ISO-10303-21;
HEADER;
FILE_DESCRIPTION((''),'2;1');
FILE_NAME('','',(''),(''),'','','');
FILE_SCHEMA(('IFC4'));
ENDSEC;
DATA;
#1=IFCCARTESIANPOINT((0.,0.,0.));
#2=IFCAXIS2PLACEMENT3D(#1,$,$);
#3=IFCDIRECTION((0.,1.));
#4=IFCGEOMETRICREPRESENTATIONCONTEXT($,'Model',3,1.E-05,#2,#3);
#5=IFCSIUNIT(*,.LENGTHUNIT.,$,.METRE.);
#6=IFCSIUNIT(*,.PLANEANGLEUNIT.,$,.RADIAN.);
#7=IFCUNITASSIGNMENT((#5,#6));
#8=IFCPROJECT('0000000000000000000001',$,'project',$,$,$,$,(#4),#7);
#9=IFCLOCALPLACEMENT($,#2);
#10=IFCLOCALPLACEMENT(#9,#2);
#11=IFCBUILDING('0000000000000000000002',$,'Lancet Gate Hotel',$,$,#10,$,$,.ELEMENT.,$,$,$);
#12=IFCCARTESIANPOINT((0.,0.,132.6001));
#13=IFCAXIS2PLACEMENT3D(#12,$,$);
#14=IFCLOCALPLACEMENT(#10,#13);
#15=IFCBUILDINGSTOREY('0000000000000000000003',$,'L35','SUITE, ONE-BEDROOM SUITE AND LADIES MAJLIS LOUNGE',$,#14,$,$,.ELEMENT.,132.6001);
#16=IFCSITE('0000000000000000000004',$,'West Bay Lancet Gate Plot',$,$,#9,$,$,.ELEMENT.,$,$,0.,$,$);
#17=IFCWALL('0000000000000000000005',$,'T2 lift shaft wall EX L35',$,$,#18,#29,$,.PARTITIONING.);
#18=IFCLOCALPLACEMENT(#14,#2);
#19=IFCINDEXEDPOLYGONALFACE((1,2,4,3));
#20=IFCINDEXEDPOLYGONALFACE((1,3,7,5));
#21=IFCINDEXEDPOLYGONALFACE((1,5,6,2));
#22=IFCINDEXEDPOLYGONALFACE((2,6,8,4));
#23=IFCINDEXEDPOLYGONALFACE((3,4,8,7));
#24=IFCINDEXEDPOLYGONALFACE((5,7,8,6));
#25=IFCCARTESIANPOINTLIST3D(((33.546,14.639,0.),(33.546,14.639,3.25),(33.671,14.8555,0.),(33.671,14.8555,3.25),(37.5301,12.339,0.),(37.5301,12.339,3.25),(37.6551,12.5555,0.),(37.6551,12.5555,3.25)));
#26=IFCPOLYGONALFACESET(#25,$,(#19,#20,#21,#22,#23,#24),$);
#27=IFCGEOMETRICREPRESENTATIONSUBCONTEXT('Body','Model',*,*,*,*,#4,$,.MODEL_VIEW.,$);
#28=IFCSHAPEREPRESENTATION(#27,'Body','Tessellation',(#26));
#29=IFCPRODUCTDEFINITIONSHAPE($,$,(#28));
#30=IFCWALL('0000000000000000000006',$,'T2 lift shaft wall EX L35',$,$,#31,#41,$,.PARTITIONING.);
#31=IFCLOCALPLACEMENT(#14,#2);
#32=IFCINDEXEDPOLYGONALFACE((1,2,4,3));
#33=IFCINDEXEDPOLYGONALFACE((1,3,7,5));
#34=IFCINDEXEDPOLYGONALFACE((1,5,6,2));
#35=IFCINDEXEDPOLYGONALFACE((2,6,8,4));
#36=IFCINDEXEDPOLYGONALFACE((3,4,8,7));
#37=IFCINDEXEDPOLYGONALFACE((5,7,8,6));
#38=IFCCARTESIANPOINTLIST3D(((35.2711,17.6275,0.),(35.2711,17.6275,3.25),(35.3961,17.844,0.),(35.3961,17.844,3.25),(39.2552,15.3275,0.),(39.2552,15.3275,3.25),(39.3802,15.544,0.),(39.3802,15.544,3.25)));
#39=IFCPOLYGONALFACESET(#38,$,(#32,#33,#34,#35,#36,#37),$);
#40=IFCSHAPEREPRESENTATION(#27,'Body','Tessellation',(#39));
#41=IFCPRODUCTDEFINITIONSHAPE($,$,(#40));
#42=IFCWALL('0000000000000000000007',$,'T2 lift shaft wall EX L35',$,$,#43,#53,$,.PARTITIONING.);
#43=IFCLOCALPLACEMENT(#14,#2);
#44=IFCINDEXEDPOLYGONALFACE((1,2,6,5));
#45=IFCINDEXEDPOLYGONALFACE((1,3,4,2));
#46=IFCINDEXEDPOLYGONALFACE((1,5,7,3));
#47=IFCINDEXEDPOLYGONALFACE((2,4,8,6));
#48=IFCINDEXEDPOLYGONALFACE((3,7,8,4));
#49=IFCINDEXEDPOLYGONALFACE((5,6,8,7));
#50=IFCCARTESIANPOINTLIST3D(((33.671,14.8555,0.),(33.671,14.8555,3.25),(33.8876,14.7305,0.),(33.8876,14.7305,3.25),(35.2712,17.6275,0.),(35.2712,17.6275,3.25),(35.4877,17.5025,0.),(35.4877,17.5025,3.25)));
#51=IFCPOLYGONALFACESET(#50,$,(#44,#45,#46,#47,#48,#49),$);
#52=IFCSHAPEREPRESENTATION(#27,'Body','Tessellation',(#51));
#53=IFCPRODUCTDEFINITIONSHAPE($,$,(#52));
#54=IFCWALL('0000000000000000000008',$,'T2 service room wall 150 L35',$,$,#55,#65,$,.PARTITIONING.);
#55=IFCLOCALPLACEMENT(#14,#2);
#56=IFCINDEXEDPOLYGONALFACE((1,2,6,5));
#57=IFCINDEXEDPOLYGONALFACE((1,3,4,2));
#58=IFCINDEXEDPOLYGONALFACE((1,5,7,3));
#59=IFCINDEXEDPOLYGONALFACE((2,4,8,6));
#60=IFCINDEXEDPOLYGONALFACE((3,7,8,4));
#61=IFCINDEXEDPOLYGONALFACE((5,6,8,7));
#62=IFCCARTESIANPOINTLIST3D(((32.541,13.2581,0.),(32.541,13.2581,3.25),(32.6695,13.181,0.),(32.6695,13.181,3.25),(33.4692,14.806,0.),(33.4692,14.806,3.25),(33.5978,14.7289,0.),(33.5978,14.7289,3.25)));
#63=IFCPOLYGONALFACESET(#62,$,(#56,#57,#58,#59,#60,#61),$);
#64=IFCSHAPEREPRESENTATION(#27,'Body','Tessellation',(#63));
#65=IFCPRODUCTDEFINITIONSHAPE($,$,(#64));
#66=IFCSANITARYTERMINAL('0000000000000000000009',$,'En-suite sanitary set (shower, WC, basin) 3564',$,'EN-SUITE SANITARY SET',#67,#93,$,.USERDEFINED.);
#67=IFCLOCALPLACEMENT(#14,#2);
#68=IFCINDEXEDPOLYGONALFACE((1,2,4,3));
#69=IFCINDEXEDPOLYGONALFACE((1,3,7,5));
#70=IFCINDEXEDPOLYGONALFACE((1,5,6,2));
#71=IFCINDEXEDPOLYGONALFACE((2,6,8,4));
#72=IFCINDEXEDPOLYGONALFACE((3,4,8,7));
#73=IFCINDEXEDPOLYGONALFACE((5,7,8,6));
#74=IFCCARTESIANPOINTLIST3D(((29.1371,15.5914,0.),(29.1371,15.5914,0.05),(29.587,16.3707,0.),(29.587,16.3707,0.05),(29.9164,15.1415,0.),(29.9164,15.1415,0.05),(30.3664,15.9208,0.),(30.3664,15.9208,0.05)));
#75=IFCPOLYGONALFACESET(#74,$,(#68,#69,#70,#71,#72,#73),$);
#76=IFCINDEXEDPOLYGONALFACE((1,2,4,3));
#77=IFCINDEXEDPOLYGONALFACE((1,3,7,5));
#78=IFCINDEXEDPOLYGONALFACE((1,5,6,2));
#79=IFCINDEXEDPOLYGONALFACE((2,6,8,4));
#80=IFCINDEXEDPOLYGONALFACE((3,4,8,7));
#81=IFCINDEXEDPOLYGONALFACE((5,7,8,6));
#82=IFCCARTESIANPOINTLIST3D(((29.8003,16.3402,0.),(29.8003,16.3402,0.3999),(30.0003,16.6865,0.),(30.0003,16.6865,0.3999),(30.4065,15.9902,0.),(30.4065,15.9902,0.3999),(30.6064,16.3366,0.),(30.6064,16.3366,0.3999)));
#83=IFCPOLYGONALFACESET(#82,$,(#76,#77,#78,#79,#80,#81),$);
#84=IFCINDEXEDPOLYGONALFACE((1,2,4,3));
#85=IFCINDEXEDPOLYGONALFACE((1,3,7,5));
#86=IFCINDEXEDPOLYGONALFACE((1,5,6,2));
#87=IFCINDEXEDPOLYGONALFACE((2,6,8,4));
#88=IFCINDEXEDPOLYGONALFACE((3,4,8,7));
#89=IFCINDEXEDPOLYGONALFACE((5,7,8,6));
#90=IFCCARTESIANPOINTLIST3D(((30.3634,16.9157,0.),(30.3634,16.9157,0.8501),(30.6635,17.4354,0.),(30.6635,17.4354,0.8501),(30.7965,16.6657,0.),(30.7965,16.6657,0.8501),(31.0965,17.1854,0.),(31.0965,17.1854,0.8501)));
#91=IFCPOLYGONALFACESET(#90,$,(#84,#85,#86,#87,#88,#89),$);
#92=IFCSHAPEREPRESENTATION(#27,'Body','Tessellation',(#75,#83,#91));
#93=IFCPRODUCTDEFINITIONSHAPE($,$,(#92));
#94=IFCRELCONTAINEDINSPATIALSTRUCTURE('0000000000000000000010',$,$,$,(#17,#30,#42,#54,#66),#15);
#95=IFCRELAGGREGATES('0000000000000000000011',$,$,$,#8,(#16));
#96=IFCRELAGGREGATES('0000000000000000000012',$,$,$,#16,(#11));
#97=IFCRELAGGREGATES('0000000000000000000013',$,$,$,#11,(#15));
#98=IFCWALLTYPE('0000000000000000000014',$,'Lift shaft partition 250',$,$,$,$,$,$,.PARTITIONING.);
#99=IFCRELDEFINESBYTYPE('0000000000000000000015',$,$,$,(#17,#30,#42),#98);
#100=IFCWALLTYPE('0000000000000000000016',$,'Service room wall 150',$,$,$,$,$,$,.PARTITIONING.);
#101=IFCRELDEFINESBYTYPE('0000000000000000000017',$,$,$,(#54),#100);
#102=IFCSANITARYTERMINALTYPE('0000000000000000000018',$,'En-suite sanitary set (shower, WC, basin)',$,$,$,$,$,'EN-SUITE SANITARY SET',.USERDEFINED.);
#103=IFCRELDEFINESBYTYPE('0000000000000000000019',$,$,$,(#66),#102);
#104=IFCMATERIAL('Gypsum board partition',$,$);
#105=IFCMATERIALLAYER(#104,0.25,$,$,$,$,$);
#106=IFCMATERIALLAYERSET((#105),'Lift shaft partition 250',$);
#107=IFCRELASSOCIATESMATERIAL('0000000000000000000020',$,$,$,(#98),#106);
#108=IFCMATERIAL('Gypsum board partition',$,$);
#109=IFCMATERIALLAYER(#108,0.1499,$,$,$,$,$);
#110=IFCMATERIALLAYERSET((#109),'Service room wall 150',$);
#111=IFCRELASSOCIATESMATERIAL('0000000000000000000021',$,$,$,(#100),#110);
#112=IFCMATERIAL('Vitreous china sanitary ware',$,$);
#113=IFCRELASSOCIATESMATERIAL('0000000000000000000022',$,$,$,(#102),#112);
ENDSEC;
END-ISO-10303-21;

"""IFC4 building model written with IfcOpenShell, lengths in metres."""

from ifc_helpers import new_model, si_unit, direction, frame, frame_2d, origin, origin_2d, place, context, subcontext, project, spatial, rectangle, extrude, material, layer, layer_set, type_object, element, save


model = new_model("IFC4")

# Units and contexts
model_context = context("Model", 3, precision=1e-05, world=origin(), true_north=direction((0.0, 1.0)))
body_context = subcontext(model_context, "Body", "Model", "MODEL_VIEW")
ifc_project = project(units=[si_unit("LENGTHUNIT", "METRE"), si_unit("PLANEANGLEUNIT", "RADIAN")], contexts=[model_context])

# Site, building, storey
site_placement = place(None, origin())
site = spatial("IfcSite", under=ifc_project, at=site_placement, Name="West Bay Lancet Gate Plot", CompositionType="ELEMENT", RefElevation=0.0)
building_placement = place(site_placement, origin())
building = spatial("IfcBuilding", under=site, at=building_placement, Name="Lancet Gate Hotel", CompositionType="ELEMENT")
storey_placement = place(building_placement, frame((0.0, 0.0, 132.6001)))
storey = spatial("IfcBuildingStorey", under=building, at=storey_placement, Name="L35", Description="SUITE, ONE-BEDROOM SUITE AND LADIES MAJLIS LOUNGE", CompositionType="ELEMENT", Elevation=132.6001)

# Walls
ifc_material_1 = material(Name="Gypsum board partition")
ifc_layer_1 = layer(ifc_material_1, 0.25)
ifc_layer_set_1 = layer_set([ifc_layer_1], Name="Lift shaft partition 250")
wall_type_1 = type_object("IfcWallType", Name="Lift shaft partition 250", PredefinedType="PARTITIONING", material=ifc_layer_set_1)
for number, where, z_axis, x_axis, name in (
    (1, (33.6084, 14.7473, 0.0), (0.0, 0.0, 1.0), (0.866043, -0.499969, 0.0), "T2 lift shaft wall EX L35"),
    (2, (35.3335, 17.7358, 0.0), (0.0, 0.0, 1.0), (0.866043, -0.499969, 0.0), "T2 lift shaft wall EX L35"),
):
    element("IfcWall", number, at=place(storey_placement, frame(where, z_axis=z_axis, x_axis=x_axis)), inside=storey, type_object=wall_type_1, Name=name, PredefinedType="PARTITIONING", context=body_context, shape_type="SweptSolid", body=[
        extrude(rectangle(XDim=4.6003, YDim=0.25, at=frame_2d((2.3003, 0.0))), origin(), (0.0, 0.0, 1.0), 3.25),
    ])
wall_1_placement = place(storey_placement, frame((33.7793, 14.793, 0.0), z_axis=(0.0, 0.0, 1.0), x_axis=(0.499929, 0.866066, 0.0)))
element("IfcWall", 3, at=wall_1_placement, inside=storey, type_object=wall_type_1, Name="T2 lift shaft wall EX L35", PredefinedType="PARTITIONING", context=body_context, shape_type="SweptSolid", body=[
    extrude(rectangle(XDim=3.2007, YDim=0.25, at=frame_2d((1.6003, 0.0))), origin(), (0.0, 0.0, 1.0), 3.25),
])
ifc_material_2 = material(Name="Gypsum board partition")
ifc_layer_2 = layer(ifc_material_2, 0.1499)
ifc_layer_set_2 = layer_set([ifc_layer_2], Name="Service room wall 150")
wall_type_2 = type_object("IfcWallType", Name="Service room wall 150", PredefinedType="PARTITIONING", material=ifc_layer_set_2)
wall_2_placement = place(storey_placement, frame((33.5334, 14.7673, 0.0), z_axis=(0.0, 0.0, 1.0), x_axis=(-0.514297, -0.857612, 0.0)))
element("IfcWall", 4, at=wall_2_placement, inside=storey, type_object=wall_type_2, Name="T2 service room wall 150 L35", PredefinedType="PARTITIONING", context=body_context, shape_type="SweptSolid", body=[
    extrude(rectangle(XDim=1.8049, YDim=0.1499, at=frame_2d((0.9023, 0.0))), origin(), (0.0, 0.0, 1.0), 3.25),
])

# Sanitary terminal
ifc_material_3 = material(Name="Vitreous china sanitary ware")
sanitary_terminal_type = type_object("IfcSanitaryTerminalType", Name="En-suite sanitary set (shower, WC, basin)", ElementType="EN-SUITE SANITARY SET", PredefinedType="USERDEFINED", material=ifc_material_3)
sanitary_terminal_placement = place(storey_placement, frame((29.7517, 15.7561, 0.0), z_axis=(0.0, 0.0, 1.0), x_axis=(1.0, 0.0, 0.0)))
element("IfcSanitaryTerminal", 5, at=sanitary_terminal_placement, inside=storey, type_object=sanitary_terminal_type, Name="En-suite sanitary set (shower, WC, basin) 3564", ObjectType="EN-SUITE SANITARY SET", PredefinedType="USERDEFINED", context=body_context, shape_type="SweptSolid", body=[
    extrude(rectangle(XDim=0.8999, YDim=0.8999, at=origin_2d()), frame((0.0, 0.0, 0.0), z_axis=(0.0, 0.0, 1.0), x_axis=(-0.5, -0.866025, 0.0)), (0.0, 0.0, 1.0), 0.05),
    extrude(rectangle(XDim=0.3999, YDim=0.7, at=origin_2d()), frame((0.4517, 0.5823, 0.0), z_axis=(0.0, 0.0, 1.0), x_axis=(-0.5, -0.866025, 0.0)), (0.0, 0.0, 1.0), 0.3999),
    extrude(rectangle(XDim=0.6001, YDim=0.5, at=origin_2d()), frame((0.9783, 1.2944, 0.0), z_axis=(0.0, 0.0, 1.0), x_axis=(-0.5, -0.866025, 0.0)), (0.0, 0.0, 1.0), 0.8501),
])

save(model, "model.ifc")
